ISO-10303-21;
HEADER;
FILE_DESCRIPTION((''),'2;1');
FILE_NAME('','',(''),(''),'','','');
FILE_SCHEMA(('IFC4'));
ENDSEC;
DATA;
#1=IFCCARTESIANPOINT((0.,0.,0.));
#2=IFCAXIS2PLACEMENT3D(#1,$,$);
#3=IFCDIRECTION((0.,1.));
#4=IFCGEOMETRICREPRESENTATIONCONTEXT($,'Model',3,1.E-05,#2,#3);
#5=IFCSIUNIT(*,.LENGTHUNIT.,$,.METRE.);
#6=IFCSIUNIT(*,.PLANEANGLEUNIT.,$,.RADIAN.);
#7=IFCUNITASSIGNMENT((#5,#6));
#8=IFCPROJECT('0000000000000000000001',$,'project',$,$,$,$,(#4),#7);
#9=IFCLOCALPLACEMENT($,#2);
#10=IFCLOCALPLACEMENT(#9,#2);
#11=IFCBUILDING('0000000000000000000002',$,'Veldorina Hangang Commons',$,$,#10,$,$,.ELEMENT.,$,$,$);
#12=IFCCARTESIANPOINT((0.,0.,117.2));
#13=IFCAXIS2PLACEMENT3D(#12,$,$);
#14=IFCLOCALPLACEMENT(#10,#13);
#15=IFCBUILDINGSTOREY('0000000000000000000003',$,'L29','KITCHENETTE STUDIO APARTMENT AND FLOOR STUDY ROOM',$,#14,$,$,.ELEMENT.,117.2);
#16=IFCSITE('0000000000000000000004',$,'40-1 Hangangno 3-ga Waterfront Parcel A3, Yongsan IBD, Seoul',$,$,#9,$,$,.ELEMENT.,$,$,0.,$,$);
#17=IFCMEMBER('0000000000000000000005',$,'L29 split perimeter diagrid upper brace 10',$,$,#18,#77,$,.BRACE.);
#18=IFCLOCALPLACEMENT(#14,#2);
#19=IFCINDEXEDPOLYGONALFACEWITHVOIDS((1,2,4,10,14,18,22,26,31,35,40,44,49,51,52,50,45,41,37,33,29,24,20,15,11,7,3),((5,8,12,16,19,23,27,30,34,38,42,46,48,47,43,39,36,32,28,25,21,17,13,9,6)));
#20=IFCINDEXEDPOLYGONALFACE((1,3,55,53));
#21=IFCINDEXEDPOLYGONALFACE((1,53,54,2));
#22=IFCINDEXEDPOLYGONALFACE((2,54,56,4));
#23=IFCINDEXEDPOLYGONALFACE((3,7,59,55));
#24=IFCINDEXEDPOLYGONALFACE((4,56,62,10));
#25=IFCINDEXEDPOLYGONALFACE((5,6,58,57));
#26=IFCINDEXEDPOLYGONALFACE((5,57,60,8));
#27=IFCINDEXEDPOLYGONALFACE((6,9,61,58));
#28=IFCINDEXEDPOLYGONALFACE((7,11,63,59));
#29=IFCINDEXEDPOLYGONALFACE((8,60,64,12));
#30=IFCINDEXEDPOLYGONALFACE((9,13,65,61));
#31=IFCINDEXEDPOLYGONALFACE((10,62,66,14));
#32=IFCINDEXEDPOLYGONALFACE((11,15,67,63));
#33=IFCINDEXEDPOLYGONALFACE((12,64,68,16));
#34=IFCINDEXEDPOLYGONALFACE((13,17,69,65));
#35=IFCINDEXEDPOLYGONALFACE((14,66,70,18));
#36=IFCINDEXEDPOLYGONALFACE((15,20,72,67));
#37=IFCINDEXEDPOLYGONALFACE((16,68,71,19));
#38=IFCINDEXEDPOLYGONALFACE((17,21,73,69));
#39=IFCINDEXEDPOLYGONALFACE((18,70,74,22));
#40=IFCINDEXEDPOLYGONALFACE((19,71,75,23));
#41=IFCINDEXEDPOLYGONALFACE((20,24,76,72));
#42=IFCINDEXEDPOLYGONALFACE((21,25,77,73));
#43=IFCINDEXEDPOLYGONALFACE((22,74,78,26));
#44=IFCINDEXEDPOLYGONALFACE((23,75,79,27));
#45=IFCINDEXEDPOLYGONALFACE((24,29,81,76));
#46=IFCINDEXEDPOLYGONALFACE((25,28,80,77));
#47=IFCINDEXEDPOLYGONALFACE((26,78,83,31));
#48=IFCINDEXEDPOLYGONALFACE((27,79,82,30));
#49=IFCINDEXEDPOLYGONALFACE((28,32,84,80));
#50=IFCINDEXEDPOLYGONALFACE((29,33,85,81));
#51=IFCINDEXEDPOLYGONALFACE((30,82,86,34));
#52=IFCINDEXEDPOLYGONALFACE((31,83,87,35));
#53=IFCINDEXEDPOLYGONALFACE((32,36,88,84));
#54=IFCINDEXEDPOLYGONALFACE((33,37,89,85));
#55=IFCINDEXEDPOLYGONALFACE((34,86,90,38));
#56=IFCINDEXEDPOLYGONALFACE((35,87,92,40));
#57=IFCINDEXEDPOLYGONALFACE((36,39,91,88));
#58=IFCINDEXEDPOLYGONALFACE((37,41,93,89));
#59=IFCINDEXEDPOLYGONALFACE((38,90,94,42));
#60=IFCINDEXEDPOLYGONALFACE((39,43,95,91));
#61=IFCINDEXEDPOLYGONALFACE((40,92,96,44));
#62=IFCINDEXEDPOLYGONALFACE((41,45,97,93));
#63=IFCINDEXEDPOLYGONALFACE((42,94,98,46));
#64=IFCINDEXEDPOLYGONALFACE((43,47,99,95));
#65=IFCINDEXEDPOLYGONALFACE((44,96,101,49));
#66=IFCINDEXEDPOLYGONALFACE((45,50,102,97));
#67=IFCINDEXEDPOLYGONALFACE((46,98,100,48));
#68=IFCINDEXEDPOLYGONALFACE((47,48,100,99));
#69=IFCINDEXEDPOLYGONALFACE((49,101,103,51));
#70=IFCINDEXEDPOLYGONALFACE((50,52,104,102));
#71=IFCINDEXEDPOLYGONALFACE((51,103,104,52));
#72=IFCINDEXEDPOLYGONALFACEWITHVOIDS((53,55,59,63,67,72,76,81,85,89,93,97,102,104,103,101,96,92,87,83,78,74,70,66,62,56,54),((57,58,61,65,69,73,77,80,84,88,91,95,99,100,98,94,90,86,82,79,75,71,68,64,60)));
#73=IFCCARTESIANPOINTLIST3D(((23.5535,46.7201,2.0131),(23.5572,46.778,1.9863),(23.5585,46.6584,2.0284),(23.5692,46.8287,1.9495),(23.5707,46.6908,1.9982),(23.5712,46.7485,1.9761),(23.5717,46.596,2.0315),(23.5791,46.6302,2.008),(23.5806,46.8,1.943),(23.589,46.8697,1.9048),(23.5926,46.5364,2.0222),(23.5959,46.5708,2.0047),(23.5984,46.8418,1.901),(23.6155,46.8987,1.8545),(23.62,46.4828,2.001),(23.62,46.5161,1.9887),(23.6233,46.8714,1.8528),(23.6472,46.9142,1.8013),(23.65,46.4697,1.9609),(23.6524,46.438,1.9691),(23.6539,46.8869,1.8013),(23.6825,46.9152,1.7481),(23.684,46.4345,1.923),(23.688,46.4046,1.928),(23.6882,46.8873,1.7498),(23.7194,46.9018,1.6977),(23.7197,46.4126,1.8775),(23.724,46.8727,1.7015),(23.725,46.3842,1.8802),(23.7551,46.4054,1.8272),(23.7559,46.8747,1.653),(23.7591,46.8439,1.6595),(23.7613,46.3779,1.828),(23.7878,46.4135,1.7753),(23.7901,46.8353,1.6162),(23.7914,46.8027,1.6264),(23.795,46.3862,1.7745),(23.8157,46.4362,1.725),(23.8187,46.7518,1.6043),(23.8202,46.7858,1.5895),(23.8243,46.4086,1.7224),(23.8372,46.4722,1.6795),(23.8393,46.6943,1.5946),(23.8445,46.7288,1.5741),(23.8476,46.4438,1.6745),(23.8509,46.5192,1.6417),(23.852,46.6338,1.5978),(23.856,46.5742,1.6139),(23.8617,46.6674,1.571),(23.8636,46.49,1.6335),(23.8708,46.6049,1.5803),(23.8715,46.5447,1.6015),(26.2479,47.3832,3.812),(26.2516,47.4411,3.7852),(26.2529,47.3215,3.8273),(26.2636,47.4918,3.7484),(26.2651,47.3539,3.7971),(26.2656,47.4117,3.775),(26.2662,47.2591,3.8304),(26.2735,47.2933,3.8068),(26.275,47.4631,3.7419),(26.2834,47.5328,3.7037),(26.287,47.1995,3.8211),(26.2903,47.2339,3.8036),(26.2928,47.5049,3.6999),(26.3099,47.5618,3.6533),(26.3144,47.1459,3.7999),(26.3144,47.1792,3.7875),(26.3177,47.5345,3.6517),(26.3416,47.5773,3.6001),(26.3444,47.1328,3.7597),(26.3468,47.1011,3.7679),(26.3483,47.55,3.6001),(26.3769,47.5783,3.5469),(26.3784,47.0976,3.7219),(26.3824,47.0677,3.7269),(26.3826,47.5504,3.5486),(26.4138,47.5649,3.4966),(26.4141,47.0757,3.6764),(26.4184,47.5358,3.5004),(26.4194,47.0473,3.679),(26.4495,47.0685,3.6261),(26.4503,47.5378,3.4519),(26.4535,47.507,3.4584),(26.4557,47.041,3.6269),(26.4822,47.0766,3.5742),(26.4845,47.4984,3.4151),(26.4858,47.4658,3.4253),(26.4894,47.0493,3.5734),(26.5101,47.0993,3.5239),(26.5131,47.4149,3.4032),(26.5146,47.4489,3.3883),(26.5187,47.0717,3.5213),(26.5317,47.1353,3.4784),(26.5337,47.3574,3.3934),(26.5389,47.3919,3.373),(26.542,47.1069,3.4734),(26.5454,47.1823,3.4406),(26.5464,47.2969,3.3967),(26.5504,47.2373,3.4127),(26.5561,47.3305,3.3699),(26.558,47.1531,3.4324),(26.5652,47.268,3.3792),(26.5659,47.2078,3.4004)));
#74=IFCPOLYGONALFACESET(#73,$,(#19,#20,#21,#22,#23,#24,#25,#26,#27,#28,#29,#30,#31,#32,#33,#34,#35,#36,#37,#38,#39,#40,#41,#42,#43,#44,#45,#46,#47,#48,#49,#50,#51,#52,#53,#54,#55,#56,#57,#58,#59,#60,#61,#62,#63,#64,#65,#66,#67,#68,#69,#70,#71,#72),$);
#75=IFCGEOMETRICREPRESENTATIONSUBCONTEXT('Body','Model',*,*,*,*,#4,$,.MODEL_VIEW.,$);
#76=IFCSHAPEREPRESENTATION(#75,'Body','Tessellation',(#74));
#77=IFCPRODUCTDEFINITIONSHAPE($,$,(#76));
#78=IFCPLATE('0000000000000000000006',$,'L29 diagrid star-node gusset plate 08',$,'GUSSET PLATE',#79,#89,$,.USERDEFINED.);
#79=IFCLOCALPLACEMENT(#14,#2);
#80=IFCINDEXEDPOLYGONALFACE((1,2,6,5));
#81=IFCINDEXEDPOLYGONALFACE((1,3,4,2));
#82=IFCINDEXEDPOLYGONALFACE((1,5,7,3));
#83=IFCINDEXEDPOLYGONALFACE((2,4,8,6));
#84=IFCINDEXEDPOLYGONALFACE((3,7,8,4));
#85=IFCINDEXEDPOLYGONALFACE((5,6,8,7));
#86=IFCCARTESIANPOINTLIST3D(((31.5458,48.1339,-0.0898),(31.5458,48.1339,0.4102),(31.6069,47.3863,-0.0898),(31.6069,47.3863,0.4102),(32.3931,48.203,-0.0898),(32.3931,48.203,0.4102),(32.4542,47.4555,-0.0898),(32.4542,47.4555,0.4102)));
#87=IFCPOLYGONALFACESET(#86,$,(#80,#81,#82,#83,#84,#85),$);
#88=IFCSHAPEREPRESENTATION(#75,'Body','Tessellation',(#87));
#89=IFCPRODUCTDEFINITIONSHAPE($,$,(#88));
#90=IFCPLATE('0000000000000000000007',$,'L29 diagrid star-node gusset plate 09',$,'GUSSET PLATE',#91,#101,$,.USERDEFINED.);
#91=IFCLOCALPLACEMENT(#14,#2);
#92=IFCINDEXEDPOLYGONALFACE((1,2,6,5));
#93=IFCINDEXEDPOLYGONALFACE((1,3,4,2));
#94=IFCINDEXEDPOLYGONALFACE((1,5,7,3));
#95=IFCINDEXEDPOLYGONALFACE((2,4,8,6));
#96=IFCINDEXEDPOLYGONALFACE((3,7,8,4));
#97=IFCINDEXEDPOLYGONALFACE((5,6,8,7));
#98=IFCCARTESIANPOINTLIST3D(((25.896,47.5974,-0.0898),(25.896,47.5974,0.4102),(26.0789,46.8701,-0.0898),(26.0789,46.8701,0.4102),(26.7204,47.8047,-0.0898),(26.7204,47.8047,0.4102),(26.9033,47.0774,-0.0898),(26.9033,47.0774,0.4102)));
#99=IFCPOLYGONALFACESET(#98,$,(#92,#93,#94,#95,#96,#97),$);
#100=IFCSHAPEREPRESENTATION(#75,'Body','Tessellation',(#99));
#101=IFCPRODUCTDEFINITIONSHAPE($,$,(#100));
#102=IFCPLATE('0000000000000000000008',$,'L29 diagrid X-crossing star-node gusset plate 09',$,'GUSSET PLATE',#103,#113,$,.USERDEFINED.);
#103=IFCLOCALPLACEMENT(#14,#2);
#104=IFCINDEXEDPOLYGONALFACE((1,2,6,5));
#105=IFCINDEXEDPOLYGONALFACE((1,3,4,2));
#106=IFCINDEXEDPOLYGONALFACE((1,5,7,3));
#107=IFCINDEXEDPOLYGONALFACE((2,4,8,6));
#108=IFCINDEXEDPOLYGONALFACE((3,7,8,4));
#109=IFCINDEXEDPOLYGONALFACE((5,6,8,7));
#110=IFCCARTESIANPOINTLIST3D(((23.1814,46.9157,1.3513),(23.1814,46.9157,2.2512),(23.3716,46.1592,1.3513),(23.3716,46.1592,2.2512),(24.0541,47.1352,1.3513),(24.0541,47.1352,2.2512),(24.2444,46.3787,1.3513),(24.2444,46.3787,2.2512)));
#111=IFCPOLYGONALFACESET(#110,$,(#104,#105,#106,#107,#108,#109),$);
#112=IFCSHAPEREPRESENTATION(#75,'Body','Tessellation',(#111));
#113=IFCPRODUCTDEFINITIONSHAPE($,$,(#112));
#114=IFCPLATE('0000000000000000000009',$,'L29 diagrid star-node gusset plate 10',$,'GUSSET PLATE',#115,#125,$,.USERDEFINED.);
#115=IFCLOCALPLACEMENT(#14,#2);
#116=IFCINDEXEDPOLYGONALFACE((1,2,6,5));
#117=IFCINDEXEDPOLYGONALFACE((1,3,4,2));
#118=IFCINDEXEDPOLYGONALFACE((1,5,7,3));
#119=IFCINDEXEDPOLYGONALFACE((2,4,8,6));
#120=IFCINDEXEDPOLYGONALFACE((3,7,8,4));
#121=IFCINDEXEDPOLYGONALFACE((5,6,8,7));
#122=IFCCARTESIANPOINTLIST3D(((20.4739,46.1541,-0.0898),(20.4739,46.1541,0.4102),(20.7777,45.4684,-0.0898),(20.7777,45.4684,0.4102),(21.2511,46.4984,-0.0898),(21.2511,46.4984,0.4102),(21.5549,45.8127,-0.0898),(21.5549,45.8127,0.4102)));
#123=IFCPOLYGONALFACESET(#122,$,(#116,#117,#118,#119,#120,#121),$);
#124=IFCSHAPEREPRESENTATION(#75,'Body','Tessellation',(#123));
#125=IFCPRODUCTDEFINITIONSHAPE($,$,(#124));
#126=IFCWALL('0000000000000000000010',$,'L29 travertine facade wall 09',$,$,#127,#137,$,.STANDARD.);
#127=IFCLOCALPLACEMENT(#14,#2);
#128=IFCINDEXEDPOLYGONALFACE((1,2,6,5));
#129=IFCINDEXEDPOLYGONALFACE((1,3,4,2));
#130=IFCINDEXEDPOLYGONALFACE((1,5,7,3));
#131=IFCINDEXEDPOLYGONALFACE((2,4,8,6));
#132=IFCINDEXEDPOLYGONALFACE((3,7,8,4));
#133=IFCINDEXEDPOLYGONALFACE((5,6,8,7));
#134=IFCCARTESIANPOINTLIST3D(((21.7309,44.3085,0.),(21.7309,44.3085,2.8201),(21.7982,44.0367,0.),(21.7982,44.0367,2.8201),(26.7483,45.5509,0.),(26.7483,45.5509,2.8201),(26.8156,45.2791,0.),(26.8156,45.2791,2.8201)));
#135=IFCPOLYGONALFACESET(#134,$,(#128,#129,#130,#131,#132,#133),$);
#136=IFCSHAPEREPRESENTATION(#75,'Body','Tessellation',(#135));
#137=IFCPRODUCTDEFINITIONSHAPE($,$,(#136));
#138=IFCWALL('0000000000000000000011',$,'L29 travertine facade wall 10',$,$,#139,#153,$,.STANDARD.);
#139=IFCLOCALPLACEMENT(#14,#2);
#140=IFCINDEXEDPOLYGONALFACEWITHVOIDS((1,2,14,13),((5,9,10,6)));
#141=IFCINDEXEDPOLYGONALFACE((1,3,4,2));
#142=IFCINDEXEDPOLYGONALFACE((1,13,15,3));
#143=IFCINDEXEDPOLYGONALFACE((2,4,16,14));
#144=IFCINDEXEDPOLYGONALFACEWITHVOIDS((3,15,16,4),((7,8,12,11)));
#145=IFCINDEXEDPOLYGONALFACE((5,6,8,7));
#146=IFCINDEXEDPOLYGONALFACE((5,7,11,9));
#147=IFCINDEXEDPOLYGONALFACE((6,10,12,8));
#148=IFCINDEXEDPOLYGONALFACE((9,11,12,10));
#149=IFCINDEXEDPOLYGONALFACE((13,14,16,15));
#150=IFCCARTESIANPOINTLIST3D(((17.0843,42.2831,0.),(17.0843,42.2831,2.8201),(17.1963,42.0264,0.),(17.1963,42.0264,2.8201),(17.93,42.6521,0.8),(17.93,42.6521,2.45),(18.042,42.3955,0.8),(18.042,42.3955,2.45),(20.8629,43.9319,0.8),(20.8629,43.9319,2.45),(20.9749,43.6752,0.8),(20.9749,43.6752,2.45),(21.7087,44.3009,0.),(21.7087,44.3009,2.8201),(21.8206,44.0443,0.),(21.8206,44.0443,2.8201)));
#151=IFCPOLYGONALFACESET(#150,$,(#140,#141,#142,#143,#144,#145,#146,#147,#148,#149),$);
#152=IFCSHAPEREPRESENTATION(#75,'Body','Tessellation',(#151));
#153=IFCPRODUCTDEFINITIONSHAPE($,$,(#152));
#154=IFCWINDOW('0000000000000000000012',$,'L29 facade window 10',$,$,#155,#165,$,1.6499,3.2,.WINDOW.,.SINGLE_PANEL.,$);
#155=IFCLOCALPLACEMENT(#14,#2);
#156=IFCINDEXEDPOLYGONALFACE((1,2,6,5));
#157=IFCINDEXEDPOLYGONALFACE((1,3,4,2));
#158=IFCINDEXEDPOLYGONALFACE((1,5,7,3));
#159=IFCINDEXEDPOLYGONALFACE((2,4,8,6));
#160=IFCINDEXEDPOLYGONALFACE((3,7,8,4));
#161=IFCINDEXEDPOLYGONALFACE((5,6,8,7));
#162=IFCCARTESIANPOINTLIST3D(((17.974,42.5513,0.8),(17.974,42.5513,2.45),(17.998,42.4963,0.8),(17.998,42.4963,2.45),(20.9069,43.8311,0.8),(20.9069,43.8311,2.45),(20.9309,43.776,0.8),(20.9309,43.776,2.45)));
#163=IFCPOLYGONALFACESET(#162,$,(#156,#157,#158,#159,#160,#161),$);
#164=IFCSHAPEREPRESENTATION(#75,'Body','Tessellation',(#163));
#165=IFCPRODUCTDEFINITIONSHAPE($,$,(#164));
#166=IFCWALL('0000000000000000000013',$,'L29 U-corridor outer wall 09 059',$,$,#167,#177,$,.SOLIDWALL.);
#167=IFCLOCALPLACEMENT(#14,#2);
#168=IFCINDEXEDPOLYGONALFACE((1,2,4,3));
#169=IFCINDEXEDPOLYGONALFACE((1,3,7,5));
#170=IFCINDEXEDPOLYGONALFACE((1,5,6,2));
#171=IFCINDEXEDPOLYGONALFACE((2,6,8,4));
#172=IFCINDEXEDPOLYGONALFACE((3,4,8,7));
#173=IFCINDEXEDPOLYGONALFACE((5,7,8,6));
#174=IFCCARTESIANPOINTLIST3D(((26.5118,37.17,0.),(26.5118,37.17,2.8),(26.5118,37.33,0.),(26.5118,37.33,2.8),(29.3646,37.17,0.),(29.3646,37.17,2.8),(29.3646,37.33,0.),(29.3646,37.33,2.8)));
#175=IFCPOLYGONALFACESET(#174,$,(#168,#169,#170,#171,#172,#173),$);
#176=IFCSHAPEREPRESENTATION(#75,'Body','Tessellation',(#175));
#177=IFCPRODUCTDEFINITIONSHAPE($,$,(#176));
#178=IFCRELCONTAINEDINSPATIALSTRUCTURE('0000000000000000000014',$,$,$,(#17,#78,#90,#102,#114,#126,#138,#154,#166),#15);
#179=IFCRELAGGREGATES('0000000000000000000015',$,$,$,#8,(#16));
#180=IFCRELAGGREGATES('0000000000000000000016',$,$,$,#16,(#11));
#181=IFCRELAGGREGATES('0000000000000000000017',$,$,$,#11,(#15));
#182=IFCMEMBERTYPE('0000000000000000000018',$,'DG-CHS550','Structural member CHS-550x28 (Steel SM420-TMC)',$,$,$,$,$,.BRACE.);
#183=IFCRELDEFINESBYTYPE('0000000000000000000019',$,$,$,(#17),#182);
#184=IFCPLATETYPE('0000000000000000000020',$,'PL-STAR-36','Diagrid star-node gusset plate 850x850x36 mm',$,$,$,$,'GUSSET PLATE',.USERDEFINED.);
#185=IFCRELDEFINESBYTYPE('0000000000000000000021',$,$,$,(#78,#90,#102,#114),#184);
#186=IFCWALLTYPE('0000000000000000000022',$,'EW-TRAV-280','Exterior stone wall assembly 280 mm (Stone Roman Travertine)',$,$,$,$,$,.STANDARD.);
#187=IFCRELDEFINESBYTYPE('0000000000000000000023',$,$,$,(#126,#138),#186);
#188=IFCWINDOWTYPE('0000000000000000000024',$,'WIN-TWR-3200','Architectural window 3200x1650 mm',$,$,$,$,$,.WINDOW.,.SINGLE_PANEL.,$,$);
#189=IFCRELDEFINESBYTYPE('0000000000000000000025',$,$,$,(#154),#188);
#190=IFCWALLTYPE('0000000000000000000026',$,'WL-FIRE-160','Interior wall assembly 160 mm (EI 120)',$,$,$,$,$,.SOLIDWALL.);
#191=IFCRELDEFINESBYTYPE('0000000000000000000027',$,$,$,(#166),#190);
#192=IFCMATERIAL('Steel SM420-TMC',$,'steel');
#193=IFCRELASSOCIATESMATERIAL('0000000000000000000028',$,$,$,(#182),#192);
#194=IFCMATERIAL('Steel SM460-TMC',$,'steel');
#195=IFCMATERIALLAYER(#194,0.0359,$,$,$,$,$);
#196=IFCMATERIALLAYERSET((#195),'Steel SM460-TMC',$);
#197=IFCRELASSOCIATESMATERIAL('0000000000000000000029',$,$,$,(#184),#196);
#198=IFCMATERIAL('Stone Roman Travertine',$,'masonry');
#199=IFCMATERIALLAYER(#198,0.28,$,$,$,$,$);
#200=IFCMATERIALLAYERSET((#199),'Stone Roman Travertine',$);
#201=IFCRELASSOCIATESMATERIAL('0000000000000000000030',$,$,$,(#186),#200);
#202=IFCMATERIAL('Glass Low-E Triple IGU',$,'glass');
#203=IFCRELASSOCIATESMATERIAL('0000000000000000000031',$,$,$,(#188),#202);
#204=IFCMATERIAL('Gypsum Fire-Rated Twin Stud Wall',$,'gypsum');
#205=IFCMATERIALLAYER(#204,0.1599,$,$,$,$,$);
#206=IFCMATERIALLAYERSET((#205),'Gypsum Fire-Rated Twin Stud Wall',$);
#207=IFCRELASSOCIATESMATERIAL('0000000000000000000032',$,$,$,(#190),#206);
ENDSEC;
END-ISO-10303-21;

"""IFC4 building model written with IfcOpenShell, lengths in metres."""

from ifc_helpers import new_model, si_unit, direction, frame, frame_2d, origin, origin_2d, place, context, subcontext, project, spatial, rectangle, hollow_circle, extrude, material, layer, layer_set, material_profile, profile_set, type_object, element, fill, save


model = new_model("IFC4")

# Units and contexts
model_context = context("Model", 3, precision=1e-05, world=origin(), true_north=direction((0.0, 1.0)))
body_context = subcontext(model_context, "Body", "Model", "MODEL_VIEW")
ifc_project = project(units=[si_unit("LENGTHUNIT", "METRE"), si_unit("PLANEANGLEUNIT", "RADIAN")], contexts=[model_context])

# Site, building, storey
site_placement = place(None, origin())
site = spatial("IfcSite", under=ifc_project, at=site_placement, Name="40-1 Hangangno 3-ga Waterfront Parcel A3, Yongsan IBD, Seoul", CompositionType="ELEMENT", RefElevation=0.0)
building_placement = place(site_placement, origin())
building = spatial("IfcBuilding", under=site, at=building_placement, Name="Veldorina Hangang Commons", CompositionType="ELEMENT")
storey_placement = place(building_placement, frame((0.0, 0.0, 117.2)))
storey = spatial("IfcBuildingStorey", under=building, at=storey_placement, Name="L29", Description="KITCHENETTE STUDIO APARTMENT AND FLOOR STUDY ROOM", CompositionType="ELEMENT", Elevation=117.2)

# Shared definitions
ifc_material_1 = material(Name="Steel SM420-TMC", Category="steel")

# Member
ifc_material_profile_1 = material_profile(ifc_material_1, hollow_circle(Radius=0.2749, WallThickness=0.0281, at=origin_2d()), Name="CHS-550x28")
ifc_profile_set_1 = profile_set([ifc_material_profile_1], Name="Steel SM420-TMC")
member_type = type_object("IfcMemberType", Name="DG-CHS550", Description="Structural member CHS-550x28 (Steel SM420-TMC)", PredefinedType="BRACE", material=ifc_profile_set_1)
member_1_placement = place(storey_placement, frame((23.7129, 46.6472, 1.8013), z_axis=(0.814787, 0.200522, 0.543979), x_axis=(-0.238973, 0.971026, 0.0)))
element("IfcMember", 1, at=member_1_placement, inside=storey, type_object=member_type, Name="L29 split perimeter diagrid upper brace 10", PredefinedType="BRACE", context=body_context, shape_type="SweptSolid", body=[
    extrude(hollow_circle(Radius=0.2749, WallThickness=0.0281, at=origin_2d()), origin(), (0.0, 0.0, 1.0), 3.3069),
])

# Plates
ifc_material_2 = material(Name="Steel SM460-TMC", Category="steel")
ifc_layer_1 = layer(ifc_material_2, 0.0359)
ifc_layer_set_1 = layer_set([ifc_layer_1], Name="Steel SM460-TMC")
plate_type = type_object("IfcPlateType", Name="PL-STAR-36", Description="Diagrid star-node gusset plate 850x850x36 mm", ElementType="GUSSET PLATE", PredefinedType="USERDEFINED", material=ifc_layer_set_1)
for number, where, z_axis, x_axis, name in (
    (2, (32.0, 47.7947, -0.0898), (0.0, 0.0, 1.0), (-0.996684, -0.081364, 0.0), "L29 diagrid star-node gusset plate 08"),
    (3, (26.3997, 47.3374, -0.0898), (0.0, 0.0, 1.0), (-0.969808, -0.243869, 0.0), "L29 diagrid star-node gusset plate 09"),
):
    element("IfcPlate", number, at=place(storey_placement, frame(where, z_axis=z_axis, x_axis=x_axis)), inside=storey, type_object=plate_type, Name=name, ObjectType="GUSSET PLATE", PredefinedType="USERDEFINED", context=body_context, shape_type="SweptSolid", body=[
        extrude(rectangle(XDim=0.8501, YDim=0.75, at=origin_2d()), origin(), (0.0, 0.0, 1.0), 0.5),
    ])
plate_1_placement = place(storey_placement, frame((23.7129, 46.6472, 1.3513), z_axis=(0.0, 0.0, 1.0), x_axis=(-0.969808, -0.243869, 0.0)))
element("IfcPlate", 4, at=plate_1_placement, inside=storey, type_object=plate_type, Name="L29 diagrid X-crossing star-node gusset plate 09", ObjectType="GUSSET PLATE", PredefinedType="USERDEFINED", context=body_context, shape_type="SweptSolid", body=[
    extrude(rectangle(XDim=0.8999, YDim=0.78, at=origin_2d()), origin(), (0.0, 0.0, 1.0), 0.8999),
])
plate_2_placement = place(storey_placement, frame((21.0144, 45.9834, -0.0898), z_axis=(0.0, 0.0, 1.0), x_axis=(-0.914289, -0.405062, 0.0)))
element("IfcPlate", 5, at=plate_2_placement, inside=storey, type_object=plate_type, Name="L29 diagrid star-node gusset plate 10", ObjectType="GUSSET PLATE", PredefinedType="USERDEFINED", context=body_context, shape_type="SweptSolid", body=[
    extrude(rectangle(XDim=0.8501, YDim=0.75, at=origin_2d()), origin(), (0.0, 0.0, 1.0), 0.5),
])

# Wall
ifc_material_3 = material(Name="Stone Roman Travertine", Category="masonry")
ifc_layer_2 = layer(ifc_material_3, 0.28)
ifc_layer_set_2 = layer_set([ifc_layer_2], Name="Stone Roman Travertine")
wall_type_1 = type_object("IfcWallType", Name="EW-TRAV-280", Description="Exterior stone wall assembly 280 mm (Stone Roman Travertine)", PredefinedType="STANDARD", material=ifc_layer_set_2)
wall_1_placement = place(storey_placement, frame((26.782, 45.415, 0.0), z_axis=(0.0, 0.0, 1.0), x_axis=(-0.970682, -0.240368, 0.0)))
element("IfcWall", 6, at=wall_1_placement, inside=storey, type_object=wall_type_1, Name="L29 travertine facade wall 09", PredefinedType="STANDARD", context=body_context, shape_type="SweptSolid", body=[
    extrude(rectangle(XDim=5.1689, YDim=0.28, at=frame_2d((2.5845, 0.0))), origin(), (0.0, 0.0, 1.0), 2.8201),
])

# Wall, opening, window
wall_2_placement = place(storey_placement, frame((21.7646, 44.1726, 0.0), z_axis=(0.0, 0.0, 1.0), x_axis=(-0.916542, -0.399938, 0.0)))
wall_2 = element("IfcWall", 7, at=wall_2_placement, inside=storey, type_object=wall_type_1, Name="L29 travertine facade wall 10", PredefinedType="STANDARD", context=body_context, shape_type="SweptSolid", body=[
    extrude(rectangle(XDim=5.0454, YDim=0.28, at=frame_2d((2.5227, 0.0))), origin(), (0.0, 0.0, 1.0), 2.8201),
])
opening_1_placement = place(wall_2_placement, frame((0.9226, 0.0, 0.8)))
opening_1 = element("IfcOpeningElement", 8, at=opening_1_placement, cuts=wall_2, PredefinedType="OPENING", context=body_context, shape_type="SweptSolid", body=[
    extrude(rectangle(XDim=3.2, YDim=1.6499, at=frame_2d((1.6001, 0.825))), frame((0.0, 0.1499, 0.0), z_axis=(0.0, -1.0, 0.0), x_axis=(1.0, 0.0, 0.0)), (0.0, 0.0, 1.0), 0.3),
])
ifc_material_4 = material(Name="Glass Low-E Triple IGU", Category="glass")
window_type = type_object("IfcWindowType", Name="WIN-TWR-3200", Description="Architectural window 3200x1650 mm", PartitioningType="SINGLE_PANEL", PredefinedType="WINDOW", material=ifc_material_4)
window_placement = place(opening_1_placement, origin())
window = element("IfcWindow", 9, at=window_placement, inside=storey, type_object=window_type, Name="L29 facade window 10", OverallHeight=1.6499, OverallWidth=3.2, PartitioningType="SINGLE_PANEL", PredefinedType="WINDOW", context=body_context, shape_type="SweptSolid", body=[
    extrude(rectangle(XDim=3.2, YDim=1.6499, at=frame_2d((1.6001, 0.825))), frame((0.0, 0.03, 0.0), z_axis=(0.0, -1.0, 0.0), x_axis=(1.0, 0.0, 0.0)), (0.0, 0.0, 1.0), 0.0601),
])
fill(opening_1, window)

# Wall
ifc_material_5 = material(Name="Gypsum Fire-Rated Twin Stud Wall", Category="gypsum")
ifc_layer_3 = layer(ifc_material_5, 0.1599)
ifc_layer_set_3 = layer_set([ifc_layer_3], Name="Gypsum Fire-Rated Twin Stud Wall")
wall_type_2 = type_object("IfcWallType", Name="WL-FIRE-160", Description="Interior wall assembly 160 mm (EI 120)", PredefinedType="SOLIDWALL", material=ifc_layer_set_3)
wall_3_placement = place(storey_placement, frame((29.3645, 37.25, 0.0), z_axis=(0.0, 0.0, 1.0), x_axis=(-1.0, 0.0, 0.0)))
element("IfcWall", 10, at=wall_3_placement, inside=storey, type_object=wall_type_2, Name="L29 U-corridor outer wall 09 059", PredefinedType="SOLIDWALL", context=body_context, shape_type="SweptSolid", body=[
    extrude(rectangle(XDim=2.8528, YDim=0.1599, at=frame_2d((1.4263, 0.0))), origin(), (0.0, 0.0, 1.0), 2.8),
])

save(model, "model.ifc")
